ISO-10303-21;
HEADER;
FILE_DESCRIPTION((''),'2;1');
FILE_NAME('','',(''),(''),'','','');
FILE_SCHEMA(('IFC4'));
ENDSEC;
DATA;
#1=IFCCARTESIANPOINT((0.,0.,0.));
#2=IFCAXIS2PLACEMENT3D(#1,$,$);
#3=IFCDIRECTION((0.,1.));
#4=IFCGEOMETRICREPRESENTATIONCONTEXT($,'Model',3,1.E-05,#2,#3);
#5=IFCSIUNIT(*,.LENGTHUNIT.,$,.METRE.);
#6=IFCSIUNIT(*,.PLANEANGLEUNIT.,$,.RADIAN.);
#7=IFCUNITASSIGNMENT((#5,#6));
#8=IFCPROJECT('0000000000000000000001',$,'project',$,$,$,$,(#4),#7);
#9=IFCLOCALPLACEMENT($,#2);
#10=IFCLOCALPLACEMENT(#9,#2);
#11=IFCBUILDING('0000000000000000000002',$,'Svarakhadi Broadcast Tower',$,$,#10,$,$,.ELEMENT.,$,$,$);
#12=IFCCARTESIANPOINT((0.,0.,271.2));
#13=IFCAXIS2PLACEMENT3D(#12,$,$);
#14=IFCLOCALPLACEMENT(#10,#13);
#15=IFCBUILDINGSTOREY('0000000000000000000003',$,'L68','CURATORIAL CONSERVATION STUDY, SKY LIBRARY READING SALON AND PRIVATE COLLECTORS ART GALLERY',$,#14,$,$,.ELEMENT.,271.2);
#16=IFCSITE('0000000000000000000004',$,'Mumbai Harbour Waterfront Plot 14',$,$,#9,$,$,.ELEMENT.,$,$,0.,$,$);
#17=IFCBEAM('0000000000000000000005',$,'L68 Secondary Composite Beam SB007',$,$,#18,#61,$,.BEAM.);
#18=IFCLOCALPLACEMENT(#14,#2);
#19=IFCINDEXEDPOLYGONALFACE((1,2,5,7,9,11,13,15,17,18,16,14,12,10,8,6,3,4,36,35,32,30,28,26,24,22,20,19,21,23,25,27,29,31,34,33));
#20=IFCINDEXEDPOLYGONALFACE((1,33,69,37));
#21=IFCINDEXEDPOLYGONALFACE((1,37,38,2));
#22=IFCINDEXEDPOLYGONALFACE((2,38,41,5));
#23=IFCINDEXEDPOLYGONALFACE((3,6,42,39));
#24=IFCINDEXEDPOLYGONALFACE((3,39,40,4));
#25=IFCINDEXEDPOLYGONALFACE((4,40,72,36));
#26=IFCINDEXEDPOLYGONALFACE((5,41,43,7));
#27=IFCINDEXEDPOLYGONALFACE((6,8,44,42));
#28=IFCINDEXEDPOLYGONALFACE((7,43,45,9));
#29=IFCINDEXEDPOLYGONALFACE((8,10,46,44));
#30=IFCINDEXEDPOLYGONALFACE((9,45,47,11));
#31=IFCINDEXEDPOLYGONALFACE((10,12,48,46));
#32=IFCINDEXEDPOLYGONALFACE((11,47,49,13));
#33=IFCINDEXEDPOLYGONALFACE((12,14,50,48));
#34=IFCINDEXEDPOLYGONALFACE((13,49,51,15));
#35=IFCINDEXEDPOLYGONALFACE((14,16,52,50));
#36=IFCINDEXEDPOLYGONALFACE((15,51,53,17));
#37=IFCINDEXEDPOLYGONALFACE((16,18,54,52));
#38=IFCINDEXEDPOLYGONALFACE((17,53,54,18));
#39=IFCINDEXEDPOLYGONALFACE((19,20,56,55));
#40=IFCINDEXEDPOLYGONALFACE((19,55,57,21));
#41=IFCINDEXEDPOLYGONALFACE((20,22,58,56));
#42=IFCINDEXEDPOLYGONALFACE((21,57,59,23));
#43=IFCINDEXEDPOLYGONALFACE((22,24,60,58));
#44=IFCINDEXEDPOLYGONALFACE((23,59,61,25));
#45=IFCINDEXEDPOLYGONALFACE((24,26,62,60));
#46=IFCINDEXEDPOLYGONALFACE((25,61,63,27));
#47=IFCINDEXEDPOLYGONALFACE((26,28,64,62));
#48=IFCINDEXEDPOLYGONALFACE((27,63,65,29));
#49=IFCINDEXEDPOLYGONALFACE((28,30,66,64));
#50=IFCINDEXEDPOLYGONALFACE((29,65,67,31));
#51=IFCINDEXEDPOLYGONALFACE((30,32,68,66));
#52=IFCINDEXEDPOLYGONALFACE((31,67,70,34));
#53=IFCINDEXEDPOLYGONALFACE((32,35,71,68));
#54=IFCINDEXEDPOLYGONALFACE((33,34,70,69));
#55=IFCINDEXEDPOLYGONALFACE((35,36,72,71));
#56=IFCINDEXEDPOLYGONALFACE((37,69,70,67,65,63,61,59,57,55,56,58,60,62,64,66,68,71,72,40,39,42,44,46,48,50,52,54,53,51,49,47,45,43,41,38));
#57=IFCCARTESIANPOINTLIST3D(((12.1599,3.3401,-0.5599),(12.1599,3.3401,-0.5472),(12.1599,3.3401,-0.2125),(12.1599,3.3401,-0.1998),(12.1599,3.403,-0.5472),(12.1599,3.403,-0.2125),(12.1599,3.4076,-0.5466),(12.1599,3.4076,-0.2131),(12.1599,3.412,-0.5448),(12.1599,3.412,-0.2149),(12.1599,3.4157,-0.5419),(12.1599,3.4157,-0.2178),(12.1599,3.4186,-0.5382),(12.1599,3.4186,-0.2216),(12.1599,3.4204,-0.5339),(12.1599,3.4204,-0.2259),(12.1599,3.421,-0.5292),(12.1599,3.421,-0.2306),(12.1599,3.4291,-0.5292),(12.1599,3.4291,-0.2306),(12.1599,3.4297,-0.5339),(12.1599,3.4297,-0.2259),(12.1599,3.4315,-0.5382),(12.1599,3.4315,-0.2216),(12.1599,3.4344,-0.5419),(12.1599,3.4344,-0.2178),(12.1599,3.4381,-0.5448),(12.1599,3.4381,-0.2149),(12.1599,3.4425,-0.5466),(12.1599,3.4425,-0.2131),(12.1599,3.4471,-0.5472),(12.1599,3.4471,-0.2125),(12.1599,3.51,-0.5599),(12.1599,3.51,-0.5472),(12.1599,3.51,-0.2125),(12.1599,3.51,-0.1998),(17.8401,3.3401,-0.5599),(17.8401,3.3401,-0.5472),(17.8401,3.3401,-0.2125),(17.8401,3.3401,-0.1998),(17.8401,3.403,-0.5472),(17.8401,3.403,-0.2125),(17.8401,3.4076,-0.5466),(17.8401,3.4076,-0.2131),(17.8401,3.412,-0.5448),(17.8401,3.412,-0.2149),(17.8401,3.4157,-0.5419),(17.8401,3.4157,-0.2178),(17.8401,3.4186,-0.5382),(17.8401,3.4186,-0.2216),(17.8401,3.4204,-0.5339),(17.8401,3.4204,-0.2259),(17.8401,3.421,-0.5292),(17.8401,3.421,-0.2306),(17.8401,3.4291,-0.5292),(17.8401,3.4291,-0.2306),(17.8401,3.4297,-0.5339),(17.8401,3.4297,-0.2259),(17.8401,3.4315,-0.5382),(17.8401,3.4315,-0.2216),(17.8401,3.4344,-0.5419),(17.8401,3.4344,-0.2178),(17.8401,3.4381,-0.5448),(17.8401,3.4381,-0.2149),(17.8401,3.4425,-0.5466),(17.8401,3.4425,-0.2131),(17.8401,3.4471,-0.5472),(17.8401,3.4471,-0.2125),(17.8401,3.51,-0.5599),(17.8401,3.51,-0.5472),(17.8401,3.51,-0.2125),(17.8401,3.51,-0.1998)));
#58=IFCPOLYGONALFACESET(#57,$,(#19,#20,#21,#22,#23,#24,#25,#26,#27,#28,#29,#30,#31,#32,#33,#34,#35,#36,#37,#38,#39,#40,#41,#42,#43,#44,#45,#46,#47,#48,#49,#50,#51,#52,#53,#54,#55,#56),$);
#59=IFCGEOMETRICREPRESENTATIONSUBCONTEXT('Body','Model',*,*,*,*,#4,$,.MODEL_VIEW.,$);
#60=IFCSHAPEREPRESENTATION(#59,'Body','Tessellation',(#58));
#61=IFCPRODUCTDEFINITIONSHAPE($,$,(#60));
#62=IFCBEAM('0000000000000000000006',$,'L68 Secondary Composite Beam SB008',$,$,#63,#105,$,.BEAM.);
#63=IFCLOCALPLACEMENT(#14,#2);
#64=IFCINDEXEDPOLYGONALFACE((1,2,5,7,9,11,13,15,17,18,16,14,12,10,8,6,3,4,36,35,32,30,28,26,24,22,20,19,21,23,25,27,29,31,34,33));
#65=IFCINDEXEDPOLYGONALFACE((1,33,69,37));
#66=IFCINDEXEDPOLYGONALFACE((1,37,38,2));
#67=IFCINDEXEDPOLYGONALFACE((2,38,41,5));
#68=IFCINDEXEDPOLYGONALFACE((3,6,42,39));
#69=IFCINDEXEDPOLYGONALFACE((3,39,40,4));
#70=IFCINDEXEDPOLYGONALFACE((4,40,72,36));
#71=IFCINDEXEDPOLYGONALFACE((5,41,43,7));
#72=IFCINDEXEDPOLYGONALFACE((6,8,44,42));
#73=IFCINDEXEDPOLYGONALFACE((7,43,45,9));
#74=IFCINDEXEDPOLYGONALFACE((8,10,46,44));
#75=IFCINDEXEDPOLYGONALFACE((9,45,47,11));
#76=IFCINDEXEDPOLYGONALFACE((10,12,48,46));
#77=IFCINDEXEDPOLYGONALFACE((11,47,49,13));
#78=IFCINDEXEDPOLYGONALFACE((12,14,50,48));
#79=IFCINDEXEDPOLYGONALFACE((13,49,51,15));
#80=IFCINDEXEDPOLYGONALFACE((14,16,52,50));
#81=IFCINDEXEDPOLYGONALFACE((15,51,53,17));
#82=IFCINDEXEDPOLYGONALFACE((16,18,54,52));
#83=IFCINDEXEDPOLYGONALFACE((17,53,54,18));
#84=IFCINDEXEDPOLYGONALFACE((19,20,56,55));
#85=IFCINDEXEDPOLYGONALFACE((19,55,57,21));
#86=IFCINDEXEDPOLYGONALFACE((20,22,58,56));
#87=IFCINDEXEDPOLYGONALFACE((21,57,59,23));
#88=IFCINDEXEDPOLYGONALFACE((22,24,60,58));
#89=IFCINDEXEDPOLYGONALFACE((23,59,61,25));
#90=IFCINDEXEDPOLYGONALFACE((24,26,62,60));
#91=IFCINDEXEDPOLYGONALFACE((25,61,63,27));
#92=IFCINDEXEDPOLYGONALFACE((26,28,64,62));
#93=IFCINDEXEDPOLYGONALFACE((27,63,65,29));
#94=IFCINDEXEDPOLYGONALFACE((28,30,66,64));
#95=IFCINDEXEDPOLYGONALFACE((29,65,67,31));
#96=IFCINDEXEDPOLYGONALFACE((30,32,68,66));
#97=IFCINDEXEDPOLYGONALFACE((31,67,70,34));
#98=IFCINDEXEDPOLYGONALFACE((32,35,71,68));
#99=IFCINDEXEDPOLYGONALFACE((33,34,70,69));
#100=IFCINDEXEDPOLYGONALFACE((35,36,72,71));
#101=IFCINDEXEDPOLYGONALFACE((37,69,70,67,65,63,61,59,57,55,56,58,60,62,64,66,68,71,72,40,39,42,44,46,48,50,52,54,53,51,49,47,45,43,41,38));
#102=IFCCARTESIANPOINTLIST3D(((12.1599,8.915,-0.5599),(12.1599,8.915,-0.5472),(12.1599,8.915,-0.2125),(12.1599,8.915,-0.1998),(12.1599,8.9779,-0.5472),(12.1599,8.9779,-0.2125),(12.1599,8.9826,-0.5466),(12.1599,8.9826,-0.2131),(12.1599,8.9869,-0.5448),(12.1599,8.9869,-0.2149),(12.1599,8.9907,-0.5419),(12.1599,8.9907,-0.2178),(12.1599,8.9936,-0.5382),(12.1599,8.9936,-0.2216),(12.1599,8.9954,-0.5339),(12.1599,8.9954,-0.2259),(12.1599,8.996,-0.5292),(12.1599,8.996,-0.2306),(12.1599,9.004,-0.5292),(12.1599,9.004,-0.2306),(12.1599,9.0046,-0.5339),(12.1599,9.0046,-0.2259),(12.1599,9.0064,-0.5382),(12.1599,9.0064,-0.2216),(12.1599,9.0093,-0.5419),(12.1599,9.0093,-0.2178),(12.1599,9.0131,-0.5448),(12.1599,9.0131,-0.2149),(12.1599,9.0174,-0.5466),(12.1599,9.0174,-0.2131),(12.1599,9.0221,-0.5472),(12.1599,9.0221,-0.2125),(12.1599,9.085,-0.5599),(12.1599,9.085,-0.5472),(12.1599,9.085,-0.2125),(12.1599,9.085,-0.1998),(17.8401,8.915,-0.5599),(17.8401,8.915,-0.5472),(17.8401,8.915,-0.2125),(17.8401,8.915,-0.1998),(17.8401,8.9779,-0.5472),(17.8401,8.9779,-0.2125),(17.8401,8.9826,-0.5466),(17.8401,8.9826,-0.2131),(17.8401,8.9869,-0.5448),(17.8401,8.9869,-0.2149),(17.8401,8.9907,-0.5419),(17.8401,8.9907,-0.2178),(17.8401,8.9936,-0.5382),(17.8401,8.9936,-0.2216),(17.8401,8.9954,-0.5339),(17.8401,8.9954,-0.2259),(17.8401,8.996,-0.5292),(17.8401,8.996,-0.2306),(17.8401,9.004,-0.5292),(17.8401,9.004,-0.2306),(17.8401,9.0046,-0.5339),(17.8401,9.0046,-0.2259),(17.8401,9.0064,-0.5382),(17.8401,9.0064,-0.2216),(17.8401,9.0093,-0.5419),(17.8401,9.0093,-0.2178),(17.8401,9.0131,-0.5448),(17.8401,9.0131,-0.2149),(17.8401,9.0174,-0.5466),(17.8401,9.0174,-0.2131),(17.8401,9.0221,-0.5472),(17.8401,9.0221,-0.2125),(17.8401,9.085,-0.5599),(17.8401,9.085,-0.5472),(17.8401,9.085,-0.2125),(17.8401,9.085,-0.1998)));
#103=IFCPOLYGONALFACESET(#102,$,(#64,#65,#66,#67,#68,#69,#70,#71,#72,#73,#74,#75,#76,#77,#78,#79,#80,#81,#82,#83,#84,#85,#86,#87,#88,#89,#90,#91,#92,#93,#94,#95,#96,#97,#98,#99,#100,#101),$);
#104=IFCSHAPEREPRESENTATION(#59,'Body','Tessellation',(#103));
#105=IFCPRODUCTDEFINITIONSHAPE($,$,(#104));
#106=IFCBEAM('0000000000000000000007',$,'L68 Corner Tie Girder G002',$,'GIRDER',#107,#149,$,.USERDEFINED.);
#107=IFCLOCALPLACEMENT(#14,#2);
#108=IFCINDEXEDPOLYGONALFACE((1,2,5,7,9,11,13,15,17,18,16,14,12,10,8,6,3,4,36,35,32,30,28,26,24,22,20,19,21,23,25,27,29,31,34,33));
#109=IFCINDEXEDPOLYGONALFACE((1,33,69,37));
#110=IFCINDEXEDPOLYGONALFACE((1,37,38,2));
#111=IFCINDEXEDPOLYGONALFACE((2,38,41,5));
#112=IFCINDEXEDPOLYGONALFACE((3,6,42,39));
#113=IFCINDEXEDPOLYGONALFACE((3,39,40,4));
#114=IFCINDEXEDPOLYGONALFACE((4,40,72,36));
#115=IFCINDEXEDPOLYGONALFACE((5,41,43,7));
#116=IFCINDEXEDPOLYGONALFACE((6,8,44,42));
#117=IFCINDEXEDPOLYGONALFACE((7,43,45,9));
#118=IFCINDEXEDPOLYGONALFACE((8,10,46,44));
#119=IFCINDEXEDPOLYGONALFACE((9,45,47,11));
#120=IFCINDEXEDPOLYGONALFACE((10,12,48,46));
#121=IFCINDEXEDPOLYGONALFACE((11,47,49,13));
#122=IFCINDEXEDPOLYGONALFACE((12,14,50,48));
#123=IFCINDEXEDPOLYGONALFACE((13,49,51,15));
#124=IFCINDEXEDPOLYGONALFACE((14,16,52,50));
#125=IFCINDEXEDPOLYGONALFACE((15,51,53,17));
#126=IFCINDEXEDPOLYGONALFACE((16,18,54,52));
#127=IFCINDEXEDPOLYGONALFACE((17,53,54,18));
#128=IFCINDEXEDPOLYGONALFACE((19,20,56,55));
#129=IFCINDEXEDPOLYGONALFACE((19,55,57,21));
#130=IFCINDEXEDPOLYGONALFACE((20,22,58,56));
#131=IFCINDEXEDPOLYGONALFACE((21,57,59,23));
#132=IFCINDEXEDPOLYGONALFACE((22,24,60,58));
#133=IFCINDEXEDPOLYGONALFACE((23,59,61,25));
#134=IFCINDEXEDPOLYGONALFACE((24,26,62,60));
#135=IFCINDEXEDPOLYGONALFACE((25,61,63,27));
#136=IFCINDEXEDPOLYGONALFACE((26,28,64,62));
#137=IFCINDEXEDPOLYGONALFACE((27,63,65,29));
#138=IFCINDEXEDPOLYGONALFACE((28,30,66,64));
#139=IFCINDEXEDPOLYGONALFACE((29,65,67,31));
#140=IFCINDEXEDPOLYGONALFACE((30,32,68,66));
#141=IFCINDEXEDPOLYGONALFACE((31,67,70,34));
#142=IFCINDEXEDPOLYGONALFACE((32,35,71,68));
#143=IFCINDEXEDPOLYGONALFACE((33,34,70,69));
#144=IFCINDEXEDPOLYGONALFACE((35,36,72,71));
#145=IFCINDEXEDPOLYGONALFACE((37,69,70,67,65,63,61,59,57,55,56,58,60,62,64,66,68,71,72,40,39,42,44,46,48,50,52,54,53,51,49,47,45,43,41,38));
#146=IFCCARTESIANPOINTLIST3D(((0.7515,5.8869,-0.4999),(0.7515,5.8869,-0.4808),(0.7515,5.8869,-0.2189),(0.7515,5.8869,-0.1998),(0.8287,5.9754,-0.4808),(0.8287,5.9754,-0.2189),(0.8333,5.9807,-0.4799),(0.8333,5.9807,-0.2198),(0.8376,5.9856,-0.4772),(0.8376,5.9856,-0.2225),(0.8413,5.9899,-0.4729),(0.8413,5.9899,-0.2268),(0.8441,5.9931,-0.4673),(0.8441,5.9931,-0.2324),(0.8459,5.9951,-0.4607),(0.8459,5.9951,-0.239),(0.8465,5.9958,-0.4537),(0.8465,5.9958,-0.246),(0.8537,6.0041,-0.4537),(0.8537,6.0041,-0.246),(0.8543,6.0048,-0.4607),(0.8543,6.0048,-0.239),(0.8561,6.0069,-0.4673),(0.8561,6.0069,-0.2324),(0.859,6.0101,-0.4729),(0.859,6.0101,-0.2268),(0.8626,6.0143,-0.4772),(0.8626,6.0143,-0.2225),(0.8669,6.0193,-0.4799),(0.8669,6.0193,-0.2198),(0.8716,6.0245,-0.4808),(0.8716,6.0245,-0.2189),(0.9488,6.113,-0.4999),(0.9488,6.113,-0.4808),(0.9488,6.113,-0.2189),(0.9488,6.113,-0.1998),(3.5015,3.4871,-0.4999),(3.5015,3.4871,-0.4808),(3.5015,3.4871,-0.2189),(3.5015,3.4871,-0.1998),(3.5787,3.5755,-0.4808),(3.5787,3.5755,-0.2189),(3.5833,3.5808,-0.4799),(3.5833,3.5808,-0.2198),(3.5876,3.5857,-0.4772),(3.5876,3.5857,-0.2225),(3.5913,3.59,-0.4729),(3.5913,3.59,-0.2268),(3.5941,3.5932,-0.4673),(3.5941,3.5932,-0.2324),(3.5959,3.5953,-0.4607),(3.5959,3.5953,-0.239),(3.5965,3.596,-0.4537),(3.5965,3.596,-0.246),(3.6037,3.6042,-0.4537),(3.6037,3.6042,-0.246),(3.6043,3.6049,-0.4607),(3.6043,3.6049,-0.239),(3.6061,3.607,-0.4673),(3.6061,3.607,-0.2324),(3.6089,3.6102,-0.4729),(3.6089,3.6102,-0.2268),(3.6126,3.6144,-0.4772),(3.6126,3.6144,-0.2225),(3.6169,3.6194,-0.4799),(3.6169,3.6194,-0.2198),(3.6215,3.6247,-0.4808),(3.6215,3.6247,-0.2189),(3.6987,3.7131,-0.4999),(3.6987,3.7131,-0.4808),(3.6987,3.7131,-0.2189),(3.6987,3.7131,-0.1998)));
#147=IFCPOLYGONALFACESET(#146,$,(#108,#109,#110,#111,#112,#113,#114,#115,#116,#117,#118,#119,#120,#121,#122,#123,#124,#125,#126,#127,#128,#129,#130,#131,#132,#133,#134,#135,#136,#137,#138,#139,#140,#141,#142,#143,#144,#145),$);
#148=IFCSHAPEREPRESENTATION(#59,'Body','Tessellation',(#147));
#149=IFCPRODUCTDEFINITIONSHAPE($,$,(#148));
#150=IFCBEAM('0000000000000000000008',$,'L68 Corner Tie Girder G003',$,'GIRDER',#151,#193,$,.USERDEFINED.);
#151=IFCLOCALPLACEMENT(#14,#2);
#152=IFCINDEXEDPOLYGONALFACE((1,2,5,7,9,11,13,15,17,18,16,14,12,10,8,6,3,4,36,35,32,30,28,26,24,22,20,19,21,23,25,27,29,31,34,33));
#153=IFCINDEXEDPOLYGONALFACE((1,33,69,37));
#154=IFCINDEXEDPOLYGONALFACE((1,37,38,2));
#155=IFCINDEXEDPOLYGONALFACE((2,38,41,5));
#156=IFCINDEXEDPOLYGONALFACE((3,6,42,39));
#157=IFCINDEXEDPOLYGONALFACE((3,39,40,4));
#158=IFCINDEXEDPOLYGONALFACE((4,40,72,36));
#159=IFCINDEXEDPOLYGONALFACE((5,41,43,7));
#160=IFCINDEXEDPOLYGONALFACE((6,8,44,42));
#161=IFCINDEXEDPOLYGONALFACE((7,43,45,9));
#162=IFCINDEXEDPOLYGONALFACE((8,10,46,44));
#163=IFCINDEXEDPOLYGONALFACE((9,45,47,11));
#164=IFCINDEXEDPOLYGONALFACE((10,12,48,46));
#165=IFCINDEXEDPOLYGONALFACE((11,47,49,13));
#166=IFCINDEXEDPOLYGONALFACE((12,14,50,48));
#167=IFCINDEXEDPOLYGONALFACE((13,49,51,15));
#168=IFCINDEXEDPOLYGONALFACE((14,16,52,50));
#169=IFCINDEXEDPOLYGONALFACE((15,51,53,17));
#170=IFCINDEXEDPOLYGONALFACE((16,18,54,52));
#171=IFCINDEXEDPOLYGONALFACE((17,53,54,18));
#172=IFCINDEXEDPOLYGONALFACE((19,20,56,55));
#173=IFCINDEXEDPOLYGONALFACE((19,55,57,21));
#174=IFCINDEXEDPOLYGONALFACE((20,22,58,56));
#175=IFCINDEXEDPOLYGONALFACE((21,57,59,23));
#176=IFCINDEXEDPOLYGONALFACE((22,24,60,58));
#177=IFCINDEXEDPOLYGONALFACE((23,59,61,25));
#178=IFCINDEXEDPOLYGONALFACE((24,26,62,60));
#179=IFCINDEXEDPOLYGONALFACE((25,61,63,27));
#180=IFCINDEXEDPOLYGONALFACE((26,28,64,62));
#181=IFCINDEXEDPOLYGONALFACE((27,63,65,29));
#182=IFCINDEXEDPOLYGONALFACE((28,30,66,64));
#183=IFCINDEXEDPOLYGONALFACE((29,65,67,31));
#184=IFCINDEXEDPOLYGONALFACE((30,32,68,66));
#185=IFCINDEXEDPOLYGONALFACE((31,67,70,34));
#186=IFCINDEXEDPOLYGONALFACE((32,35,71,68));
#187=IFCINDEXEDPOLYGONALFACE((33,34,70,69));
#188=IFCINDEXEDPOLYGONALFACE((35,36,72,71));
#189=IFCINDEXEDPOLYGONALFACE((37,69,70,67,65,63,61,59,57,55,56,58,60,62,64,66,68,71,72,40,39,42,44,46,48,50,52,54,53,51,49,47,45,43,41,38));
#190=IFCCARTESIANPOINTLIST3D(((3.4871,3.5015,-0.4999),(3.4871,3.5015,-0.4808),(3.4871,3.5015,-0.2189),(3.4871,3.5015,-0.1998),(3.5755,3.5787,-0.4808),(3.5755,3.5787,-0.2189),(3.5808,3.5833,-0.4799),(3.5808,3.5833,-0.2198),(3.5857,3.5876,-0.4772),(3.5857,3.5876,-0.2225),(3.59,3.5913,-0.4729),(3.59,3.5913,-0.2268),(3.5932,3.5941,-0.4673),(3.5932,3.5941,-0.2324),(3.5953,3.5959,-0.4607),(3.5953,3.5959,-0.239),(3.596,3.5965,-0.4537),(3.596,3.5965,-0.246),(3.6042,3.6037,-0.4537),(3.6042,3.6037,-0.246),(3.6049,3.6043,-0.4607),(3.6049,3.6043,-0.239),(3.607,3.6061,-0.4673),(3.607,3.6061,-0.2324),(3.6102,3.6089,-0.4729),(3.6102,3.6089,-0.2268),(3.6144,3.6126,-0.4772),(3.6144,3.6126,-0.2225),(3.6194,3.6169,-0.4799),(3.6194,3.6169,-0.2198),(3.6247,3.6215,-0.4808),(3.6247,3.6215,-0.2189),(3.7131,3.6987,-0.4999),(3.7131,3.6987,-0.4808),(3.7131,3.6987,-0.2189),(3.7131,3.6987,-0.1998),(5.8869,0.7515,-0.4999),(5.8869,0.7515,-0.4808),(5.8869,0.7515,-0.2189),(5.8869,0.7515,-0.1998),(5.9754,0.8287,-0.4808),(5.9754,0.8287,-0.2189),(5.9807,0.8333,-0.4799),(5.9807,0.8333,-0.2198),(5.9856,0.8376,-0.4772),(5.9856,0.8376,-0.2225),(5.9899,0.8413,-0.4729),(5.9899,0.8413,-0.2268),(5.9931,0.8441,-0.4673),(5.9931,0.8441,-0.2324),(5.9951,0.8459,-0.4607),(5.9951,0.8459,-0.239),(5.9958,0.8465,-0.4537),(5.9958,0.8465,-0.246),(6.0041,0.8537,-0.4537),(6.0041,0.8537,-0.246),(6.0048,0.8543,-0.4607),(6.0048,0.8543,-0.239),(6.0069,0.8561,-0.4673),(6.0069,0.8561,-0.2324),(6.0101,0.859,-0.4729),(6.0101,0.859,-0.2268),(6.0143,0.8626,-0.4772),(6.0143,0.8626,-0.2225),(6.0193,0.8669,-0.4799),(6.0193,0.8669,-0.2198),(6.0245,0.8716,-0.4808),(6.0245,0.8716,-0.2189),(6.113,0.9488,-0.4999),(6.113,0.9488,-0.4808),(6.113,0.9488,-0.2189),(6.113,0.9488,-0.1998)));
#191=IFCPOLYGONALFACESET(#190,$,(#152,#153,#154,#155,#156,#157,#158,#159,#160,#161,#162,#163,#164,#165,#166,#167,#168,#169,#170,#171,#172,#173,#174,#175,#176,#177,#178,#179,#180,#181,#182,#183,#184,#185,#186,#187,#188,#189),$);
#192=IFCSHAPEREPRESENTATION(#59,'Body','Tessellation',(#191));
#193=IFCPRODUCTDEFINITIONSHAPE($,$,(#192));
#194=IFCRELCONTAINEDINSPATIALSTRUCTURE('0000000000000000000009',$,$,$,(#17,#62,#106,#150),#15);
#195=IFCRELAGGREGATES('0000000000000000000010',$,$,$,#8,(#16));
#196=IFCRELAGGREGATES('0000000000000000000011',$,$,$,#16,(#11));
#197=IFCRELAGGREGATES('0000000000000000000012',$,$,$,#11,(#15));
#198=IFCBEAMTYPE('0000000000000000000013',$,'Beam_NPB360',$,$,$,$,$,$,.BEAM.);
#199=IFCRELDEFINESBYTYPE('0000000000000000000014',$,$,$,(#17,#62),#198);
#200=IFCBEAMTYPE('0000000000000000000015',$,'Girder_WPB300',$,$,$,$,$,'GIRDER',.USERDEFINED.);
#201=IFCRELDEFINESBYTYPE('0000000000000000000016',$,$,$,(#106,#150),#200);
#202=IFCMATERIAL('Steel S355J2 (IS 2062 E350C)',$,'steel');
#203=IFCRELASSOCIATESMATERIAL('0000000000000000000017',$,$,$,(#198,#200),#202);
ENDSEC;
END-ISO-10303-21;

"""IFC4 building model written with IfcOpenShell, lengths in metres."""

from ifc_helpers import new_model, si_unit, direction, frame, origin, origin_2d, place, context, subcontext, project, spatial, i_section, extrude, material, material_profile, profile_set, type_object, element, save


model = new_model("IFC4")

# Units and contexts
model_context = context("Model", 3, precision=1e-05, world=origin(), true_north=direction((0.0, 1.0)))
body_context = subcontext(model_context, "Body", "Model", "MODEL_VIEW")
ifc_project = project(units=[si_unit("LENGTHUNIT", "METRE"), si_unit("PLANEANGLEUNIT", "RADIAN")], contexts=[model_context])

# Site, building, storey
site_placement = place(None, origin())
site = spatial("IfcSite", under=ifc_project, at=site_placement, Name="Mumbai Harbour Waterfront Plot 14", CompositionType="ELEMENT", RefElevation=0.0)
building_placement = place(site_placement, origin())
building = spatial("IfcBuilding", under=site, at=building_placement, Name="Svarakhadi Broadcast Tower", CompositionType="ELEMENT")
storey_placement = place(building_placement, frame((0.0, 0.0, 271.2)))
storey = spatial("IfcBuildingStorey", under=building, at=storey_placement, Name="L68", Description="CURATORIAL CONSERVATION STUDY, SKY LIBRARY READING SALON AND PRIVATE COLLECTORS ART GALLERY", CompositionType="ELEMENT", Elevation=271.2)

# Beams
ifc_material_1 = material(Name="Steel S355J2 (IS 2062 E350C)", Category="steel")
ifc_material_profile_1 = material_profile(ifc_material_1, i_section(OverallWidth=0.1699, OverallDepth=0.3601, WebThickness=0.0081, FlangeThickness=0.0127, FilletRadius=0.0181, at=origin_2d()), Name="NPB 360x170x57")
ifc_profile_set_1 = profile_set([ifc_material_profile_1], Name="Steel S355J2 (IS 2062 E350C)")
beam_type_1 = type_object("IfcBeamType", Name="Beam_NPB360", PredefinedType="BEAM", material=ifc_profile_set_1)
for number, where, z_axis, x_axis, name in (
    (1, (12.1599, 3.425, -0.3799), (1.0, 0.0, 0.0), (0.0, 1.0, 0.0), "L68 Secondary Composite Beam SB007"),
    (2, (12.1599, 9.0, -0.3799), (1.0, 0.0, 0.0), (0.0, 1.0, 0.0), "L68 Secondary Composite Beam SB008"),
):
    element("IfcBeam", number, at=place(storey_placement, frame(where, z_axis=z_axis, x_axis=x_axis)), inside=storey, type_object=beam_type_1, Name=name, PredefinedType="BEAM", context=body_context, shape_type="SweptSolid", body=[
        extrude(i_section(OverallWidth=0.1699, OverallDepth=0.3601, WebThickness=0.0081, FlangeThickness=0.0127, FilletRadius=0.0181, at=origin_2d()), origin(), (0.0, 0.0, 1.0), 5.6802),
    ])
ifc_material_profile_2 = material_profile(ifc_material_1, i_section(OverallWidth=0.3, OverallDepth=0.3, WebThickness=0.011, FlangeThickness=0.019, FilletRadius=0.0271, at=origin_2d()), Name="WPB 300x300x117")
ifc_profile_set_2 = profile_set([ifc_material_profile_2], Name="Steel S355J2 (IS 2062 E350C)")
beam_type_2 = type_object("IfcBeamType", Name="Girder_WPB300", ElementType="GIRDER", PredefinedType="USERDEFINED", material=ifc_profile_set_2)
for number, where, z_axis, x_axis, name in (
    (3, (3.6001, 3.6001, -0.3499), (-0.753438, 0.657519, 0.0), (-0.657519, -0.753438, 0.0), "L68 Corner Tie Girder G002"),
    (4, (3.6001, 3.6001, -0.3499), (0.657519, -0.753438, 0.0), (0.753438, 0.657519, 0.0), "L68 Corner Tie Girder G003"),
):
    element("IfcBeam", number, at=place(storey_placement, frame(where, z_axis=z_axis, x_axis=x_axis)), inside=storey, type_object=beam_type_2, Name=name, ObjectType="GIRDER", PredefinedType="USERDEFINED", context=body_context, shape_type="SweptSolid", body=[
        extrude(i_section(OverallWidth=0.3, OverallDepth=0.3, WebThickness=0.011, FlangeThickness=0.019, FilletRadius=0.0271, at=origin_2d()), origin(), (0.0, 0.0, 1.0), 3.6499),
    ])

save(model, "model.ifc")
